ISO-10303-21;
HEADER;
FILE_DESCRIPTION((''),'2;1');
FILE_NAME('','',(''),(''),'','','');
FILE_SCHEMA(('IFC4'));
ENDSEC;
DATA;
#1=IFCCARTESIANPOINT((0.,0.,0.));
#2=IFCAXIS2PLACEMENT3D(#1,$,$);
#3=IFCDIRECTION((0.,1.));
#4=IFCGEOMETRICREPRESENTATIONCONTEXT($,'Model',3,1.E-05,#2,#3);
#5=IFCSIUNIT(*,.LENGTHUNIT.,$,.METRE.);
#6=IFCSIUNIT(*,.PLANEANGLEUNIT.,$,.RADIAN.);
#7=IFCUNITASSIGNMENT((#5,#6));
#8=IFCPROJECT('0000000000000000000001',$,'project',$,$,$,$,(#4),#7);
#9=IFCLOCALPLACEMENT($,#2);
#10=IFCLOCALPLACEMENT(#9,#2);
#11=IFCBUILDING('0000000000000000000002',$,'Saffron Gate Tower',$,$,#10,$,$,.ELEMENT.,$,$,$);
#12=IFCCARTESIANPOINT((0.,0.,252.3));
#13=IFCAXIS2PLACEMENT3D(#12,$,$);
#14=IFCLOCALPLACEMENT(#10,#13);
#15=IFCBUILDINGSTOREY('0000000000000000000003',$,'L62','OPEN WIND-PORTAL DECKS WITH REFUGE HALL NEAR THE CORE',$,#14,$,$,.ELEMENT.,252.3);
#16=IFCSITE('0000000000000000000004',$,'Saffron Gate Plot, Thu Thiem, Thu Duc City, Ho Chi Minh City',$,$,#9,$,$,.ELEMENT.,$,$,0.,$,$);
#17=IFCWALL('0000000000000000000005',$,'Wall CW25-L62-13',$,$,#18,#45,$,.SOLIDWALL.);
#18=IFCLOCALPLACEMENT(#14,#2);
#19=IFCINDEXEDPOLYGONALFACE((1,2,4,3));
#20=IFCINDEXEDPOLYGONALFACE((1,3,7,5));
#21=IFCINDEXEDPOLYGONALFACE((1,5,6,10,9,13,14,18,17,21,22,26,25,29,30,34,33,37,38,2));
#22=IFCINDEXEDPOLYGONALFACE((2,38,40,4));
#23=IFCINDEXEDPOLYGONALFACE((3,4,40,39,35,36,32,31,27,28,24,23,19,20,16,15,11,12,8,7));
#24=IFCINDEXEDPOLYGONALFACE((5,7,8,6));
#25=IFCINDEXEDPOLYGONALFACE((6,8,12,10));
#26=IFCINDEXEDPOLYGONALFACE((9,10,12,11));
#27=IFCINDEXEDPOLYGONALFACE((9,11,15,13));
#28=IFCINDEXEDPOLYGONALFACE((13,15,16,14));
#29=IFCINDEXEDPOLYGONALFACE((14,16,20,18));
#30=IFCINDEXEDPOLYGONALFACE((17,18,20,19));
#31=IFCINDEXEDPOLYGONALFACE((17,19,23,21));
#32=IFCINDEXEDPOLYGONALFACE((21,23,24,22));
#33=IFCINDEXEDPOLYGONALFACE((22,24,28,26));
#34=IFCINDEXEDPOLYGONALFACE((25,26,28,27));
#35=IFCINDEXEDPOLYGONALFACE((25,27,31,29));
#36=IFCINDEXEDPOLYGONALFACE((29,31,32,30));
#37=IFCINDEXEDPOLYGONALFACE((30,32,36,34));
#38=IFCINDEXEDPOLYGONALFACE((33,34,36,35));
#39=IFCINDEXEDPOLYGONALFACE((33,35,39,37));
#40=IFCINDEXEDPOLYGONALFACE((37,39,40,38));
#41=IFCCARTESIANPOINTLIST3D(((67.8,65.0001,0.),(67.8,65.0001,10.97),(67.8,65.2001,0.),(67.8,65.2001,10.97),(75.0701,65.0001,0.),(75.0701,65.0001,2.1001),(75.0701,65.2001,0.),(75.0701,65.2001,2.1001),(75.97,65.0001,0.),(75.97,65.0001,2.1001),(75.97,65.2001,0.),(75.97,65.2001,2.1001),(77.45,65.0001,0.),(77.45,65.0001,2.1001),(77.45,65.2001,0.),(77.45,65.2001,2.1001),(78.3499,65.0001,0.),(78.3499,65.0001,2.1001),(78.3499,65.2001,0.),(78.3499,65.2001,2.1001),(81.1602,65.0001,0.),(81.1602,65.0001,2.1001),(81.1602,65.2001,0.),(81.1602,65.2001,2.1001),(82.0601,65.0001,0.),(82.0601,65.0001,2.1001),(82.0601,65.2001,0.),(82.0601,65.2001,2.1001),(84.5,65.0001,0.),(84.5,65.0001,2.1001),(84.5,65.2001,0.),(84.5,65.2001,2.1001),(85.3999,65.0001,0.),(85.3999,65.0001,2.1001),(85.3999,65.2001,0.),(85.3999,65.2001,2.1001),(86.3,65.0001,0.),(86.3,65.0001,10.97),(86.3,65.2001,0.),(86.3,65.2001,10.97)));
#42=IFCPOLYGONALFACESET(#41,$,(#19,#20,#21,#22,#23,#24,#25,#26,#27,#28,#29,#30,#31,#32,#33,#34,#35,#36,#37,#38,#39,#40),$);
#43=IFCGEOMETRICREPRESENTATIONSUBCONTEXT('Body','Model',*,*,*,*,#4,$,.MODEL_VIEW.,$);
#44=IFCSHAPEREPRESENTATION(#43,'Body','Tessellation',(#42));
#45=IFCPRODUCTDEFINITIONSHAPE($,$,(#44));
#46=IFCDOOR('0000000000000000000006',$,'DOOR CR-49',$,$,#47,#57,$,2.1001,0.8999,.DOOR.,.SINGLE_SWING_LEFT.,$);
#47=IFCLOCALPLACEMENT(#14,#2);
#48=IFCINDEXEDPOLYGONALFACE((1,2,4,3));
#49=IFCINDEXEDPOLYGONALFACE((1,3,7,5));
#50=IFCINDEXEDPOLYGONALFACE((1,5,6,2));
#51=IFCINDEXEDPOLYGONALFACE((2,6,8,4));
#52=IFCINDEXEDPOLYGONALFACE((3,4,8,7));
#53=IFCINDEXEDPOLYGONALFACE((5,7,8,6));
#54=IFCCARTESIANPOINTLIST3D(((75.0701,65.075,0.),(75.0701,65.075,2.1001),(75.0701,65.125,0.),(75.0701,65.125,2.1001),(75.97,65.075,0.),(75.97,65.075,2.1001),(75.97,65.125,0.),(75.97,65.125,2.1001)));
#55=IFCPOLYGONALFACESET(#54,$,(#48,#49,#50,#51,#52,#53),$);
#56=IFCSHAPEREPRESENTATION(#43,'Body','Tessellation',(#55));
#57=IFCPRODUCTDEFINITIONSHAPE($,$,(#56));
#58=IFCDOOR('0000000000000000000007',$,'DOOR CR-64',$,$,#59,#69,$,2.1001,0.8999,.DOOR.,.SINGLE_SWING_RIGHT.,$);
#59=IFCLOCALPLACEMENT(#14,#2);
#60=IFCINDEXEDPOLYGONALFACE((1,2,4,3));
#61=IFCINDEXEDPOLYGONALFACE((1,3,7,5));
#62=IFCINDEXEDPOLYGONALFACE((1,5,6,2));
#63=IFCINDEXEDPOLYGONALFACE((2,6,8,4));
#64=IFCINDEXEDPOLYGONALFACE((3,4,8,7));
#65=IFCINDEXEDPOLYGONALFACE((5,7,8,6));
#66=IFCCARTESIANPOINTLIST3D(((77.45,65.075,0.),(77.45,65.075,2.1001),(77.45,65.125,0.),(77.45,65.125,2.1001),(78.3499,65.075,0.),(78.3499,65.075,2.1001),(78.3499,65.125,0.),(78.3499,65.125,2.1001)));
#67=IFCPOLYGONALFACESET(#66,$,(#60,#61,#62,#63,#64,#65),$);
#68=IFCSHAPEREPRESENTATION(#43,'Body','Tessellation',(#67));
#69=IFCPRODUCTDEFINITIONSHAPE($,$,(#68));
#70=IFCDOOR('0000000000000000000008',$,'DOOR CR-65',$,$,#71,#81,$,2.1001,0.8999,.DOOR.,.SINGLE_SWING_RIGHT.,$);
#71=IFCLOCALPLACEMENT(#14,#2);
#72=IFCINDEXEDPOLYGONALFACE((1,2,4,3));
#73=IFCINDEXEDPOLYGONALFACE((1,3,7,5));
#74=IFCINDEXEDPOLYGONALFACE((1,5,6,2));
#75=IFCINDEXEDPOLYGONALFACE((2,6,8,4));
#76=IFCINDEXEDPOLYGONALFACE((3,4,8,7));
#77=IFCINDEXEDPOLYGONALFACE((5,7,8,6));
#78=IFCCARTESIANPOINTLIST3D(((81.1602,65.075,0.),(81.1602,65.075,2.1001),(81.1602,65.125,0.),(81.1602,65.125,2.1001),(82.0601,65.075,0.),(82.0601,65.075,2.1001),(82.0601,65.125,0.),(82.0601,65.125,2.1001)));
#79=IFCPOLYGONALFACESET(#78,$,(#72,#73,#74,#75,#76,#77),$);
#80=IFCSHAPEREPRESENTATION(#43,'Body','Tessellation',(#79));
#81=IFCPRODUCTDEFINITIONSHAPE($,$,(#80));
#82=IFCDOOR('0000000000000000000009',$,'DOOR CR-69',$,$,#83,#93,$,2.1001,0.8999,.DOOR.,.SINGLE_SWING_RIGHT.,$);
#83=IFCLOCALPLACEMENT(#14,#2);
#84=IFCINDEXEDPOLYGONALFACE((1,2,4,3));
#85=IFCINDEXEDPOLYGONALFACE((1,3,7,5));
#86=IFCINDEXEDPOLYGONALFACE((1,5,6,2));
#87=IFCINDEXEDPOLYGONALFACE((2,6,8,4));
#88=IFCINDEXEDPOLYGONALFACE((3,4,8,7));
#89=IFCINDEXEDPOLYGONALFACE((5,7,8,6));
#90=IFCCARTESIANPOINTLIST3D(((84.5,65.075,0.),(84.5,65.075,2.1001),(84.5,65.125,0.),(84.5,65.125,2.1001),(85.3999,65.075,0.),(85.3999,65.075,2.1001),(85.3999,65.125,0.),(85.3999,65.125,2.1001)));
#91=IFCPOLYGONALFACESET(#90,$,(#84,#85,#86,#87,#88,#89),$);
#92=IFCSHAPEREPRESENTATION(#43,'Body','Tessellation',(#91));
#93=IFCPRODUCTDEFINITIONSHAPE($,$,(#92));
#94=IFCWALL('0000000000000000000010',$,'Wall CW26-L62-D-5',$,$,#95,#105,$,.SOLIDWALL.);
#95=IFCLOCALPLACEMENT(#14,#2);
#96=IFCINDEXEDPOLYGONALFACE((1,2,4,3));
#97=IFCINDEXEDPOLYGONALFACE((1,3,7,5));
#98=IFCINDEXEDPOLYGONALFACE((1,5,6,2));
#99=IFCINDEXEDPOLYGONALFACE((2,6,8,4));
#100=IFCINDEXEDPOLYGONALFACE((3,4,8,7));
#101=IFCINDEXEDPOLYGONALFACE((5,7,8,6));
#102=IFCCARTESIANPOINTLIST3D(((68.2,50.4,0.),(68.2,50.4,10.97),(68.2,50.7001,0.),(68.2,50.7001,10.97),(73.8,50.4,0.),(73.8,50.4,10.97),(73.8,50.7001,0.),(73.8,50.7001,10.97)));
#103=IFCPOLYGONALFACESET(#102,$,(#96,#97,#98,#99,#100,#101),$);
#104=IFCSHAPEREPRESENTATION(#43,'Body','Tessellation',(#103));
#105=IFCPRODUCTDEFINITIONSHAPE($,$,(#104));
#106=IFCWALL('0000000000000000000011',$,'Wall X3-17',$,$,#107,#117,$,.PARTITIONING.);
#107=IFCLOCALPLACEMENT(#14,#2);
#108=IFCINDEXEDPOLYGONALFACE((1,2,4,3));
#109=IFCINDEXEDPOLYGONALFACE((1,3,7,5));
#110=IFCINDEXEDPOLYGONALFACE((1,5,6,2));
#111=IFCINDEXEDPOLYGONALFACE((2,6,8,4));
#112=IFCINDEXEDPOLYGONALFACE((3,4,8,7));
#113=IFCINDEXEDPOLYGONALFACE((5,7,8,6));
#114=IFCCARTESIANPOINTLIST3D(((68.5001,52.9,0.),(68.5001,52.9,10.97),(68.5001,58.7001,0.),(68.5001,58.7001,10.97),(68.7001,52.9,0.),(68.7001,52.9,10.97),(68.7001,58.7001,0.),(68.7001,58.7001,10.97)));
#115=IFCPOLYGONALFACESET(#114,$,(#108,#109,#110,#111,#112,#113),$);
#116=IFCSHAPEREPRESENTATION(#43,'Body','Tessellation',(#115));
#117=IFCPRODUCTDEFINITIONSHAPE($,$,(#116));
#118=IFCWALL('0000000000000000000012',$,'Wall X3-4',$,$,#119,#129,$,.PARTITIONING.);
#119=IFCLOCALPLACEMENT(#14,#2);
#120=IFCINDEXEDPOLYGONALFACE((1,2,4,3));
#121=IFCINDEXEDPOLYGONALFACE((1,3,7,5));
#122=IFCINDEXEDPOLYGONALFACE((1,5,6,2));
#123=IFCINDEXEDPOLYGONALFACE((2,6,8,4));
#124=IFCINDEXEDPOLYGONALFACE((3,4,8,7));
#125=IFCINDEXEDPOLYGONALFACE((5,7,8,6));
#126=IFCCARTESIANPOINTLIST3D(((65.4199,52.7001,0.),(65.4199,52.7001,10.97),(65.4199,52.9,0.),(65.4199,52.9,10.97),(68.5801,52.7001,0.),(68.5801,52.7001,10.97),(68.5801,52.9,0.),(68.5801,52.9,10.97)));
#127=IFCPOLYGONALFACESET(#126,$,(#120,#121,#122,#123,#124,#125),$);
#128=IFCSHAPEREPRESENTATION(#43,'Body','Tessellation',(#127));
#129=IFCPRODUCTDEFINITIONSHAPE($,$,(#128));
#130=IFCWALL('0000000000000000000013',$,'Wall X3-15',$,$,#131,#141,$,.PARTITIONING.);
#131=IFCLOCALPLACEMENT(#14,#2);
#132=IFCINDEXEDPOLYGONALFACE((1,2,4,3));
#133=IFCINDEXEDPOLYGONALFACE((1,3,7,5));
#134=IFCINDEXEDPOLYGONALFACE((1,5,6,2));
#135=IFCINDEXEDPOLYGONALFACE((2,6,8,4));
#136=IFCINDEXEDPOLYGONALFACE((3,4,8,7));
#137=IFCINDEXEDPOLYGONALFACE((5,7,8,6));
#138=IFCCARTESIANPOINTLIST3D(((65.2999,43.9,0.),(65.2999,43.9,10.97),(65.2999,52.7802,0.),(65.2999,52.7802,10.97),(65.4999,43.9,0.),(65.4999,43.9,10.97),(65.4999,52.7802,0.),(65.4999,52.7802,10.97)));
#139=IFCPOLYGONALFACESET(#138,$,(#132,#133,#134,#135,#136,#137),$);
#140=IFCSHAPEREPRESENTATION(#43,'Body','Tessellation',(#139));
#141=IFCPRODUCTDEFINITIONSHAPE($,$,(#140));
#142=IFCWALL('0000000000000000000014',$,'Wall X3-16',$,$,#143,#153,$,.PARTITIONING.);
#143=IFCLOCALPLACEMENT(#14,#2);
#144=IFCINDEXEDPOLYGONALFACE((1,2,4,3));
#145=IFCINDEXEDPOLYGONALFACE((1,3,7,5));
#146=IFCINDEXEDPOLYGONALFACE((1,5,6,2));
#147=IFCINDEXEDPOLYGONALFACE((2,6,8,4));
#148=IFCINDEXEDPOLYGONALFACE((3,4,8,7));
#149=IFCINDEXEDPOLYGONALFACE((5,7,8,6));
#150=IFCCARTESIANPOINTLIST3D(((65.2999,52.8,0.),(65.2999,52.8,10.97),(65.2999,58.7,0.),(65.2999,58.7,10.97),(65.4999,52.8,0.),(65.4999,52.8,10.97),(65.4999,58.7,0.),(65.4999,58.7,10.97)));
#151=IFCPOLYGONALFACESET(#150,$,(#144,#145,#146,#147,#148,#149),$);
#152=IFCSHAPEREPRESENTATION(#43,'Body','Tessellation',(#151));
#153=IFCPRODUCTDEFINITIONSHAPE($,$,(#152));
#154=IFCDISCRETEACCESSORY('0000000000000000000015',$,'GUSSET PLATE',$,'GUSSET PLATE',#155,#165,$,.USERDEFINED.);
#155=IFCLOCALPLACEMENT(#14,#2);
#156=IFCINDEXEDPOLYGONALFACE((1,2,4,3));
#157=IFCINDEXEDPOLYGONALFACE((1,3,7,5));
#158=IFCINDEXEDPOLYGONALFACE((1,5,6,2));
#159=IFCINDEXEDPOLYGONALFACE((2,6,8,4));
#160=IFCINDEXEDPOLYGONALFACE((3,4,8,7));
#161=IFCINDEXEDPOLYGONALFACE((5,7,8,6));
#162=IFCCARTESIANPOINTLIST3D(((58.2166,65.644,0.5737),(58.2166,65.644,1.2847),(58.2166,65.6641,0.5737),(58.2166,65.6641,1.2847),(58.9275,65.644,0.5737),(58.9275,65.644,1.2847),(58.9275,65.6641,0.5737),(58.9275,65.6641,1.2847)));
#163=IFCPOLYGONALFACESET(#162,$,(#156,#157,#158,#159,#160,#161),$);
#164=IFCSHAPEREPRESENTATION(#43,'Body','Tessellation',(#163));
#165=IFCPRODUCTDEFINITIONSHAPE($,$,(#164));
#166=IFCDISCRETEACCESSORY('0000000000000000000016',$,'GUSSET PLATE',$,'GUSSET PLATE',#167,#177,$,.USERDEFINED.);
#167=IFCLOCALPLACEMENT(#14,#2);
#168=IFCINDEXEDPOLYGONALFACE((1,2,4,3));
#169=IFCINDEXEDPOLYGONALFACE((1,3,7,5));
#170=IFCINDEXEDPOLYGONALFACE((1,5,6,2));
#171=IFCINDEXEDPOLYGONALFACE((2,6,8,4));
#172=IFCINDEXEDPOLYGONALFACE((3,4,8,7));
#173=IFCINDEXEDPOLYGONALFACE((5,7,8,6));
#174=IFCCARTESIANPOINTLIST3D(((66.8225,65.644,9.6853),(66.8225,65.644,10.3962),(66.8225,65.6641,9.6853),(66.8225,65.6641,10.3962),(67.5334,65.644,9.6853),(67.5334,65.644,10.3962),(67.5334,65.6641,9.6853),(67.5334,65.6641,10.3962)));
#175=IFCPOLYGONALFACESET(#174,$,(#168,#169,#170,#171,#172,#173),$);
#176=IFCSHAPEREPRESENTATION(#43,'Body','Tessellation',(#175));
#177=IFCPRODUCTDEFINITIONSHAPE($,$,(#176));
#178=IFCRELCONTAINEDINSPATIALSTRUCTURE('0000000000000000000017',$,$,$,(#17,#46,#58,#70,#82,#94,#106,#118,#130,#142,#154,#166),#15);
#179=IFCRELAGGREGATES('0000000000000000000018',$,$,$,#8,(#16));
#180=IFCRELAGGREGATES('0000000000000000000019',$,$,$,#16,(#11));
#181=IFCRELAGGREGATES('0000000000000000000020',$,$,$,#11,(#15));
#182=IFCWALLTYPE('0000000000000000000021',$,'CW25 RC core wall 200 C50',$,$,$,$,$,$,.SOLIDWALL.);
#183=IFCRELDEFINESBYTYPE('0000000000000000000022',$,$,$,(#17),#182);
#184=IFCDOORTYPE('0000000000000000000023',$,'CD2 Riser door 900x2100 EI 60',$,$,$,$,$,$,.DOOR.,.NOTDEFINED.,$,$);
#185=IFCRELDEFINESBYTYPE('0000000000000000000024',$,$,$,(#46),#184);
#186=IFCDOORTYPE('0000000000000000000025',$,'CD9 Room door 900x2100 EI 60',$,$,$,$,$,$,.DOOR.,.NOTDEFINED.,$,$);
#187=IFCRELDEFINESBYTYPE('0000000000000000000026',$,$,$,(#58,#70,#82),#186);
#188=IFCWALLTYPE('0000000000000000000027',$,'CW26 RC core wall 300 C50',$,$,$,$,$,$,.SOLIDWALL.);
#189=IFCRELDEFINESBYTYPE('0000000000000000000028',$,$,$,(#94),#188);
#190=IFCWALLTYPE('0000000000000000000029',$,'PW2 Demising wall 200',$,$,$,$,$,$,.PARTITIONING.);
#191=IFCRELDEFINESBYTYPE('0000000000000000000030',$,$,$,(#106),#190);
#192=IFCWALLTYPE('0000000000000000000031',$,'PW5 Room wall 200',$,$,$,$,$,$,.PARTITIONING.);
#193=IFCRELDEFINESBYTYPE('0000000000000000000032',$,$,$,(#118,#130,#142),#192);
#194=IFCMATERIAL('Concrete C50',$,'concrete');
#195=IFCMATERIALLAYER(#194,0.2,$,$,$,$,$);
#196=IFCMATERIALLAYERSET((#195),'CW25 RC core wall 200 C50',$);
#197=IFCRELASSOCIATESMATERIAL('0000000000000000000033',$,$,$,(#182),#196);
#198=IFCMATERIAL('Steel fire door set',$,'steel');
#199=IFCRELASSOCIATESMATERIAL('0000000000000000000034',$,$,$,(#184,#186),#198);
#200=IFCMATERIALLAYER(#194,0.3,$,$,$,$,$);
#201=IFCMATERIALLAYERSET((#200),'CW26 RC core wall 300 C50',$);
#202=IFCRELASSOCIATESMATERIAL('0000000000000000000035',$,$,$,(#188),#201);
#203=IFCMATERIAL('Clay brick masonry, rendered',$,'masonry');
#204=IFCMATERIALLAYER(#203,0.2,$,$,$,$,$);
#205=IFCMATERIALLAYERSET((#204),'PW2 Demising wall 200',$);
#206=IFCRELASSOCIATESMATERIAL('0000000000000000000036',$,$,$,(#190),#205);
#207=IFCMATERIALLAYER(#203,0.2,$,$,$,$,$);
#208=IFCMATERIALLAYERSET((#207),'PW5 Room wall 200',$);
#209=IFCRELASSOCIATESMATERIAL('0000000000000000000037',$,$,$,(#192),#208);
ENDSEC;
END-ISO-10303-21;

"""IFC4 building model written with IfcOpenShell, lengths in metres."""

from ifc_helpers import new_model, si_unit, direction, frame, frame_2d, origin, origin_2d, place, context, subcontext, project, spatial, rectangle, extrude, material, layer, layer_set, type_object, element, fill, save


model = new_model("IFC4")

# Units and contexts
model_context = context("Model", 3, precision=1e-05, world=origin(), true_north=direction((0.0, 1.0)))
body_context = subcontext(model_context, "Body", "Model", "MODEL_VIEW")
ifc_project = project(units=[si_unit("LENGTHUNIT", "METRE"), si_unit("PLANEANGLEUNIT", "RADIAN")], contexts=[model_context])

# Site, building, storey
site_placement = place(None, origin())
site = spatial("IfcSite", under=ifc_project, at=site_placement, Name="Saffron Gate Plot, Thu Thiem, Thu Duc City, Ho Chi Minh City", CompositionType="ELEMENT", RefElevation=0.0)
building_placement = place(site_placement, origin())
building = spatial("IfcBuilding", under=site, at=building_placement, Name="Saffron Gate Tower", CompositionType="ELEMENT")
storey_placement = place(building_placement, frame((0.0, 0.0, 252.3)))
storey = spatial("IfcBuildingStorey", under=building, at=storey_placement, Name="L62", Description="OPEN WIND-PORTAL DECKS WITH REFUGE HALL NEAR THE CORE", CompositionType="ELEMENT", Elevation=252.3)

# Shared definitions
ifc_material_1 = material(Name="Concrete C50", Category="concrete")
ifc_material_2 = material(Name="Steel fire door set", Category="steel")

# Wall, openings, doors
ifc_layer_1 = layer(ifc_material_1, 0.2)
ifc_layer_set_1 = layer_set([ifc_layer_1], Name="CW25 RC core wall 200 C50")
wall_type_1 = type_object("IfcWallType", Name="CW25 RC core wall 200 C50", PredefinedType="SOLIDWALL", material=ifc_layer_set_1)
wall_1_placement = place(storey_placement, frame((67.8, 65.1001, 0.0), z_axis=(0.0, 0.0, 1.0), x_axis=(1.0, 0.0, 0.0)))
wall_1 = element("IfcWall", 1, at=wall_1_placement, inside=storey, type_object=wall_type_1, Name="Wall CW25-L62-13", PredefinedType="SOLIDWALL", context=body_context, shape_type="SweptSolid", body=[
    extrude(rectangle(XDim=18.5, YDim=0.2, at=frame_2d((9.25, 0.0))), origin(), (0.0, 0.0, 1.0), 10.97),
])
opening_1_placement = place(wall_1_placement, frame((7.27, 0.0, 0.0)))
opening_1 = element("IfcOpeningElement", 2, at=opening_1_placement, cuts=wall_1, PredefinedType="OPENING", context=body_context, shape_type="SweptSolid", body=[
    extrude(rectangle(XDim=0.8999, YDim=2.1001, at=frame_2d((0.45, 1.05))), frame((0.0, 0.1099, 0.0), z_axis=(0.0, -1.0, 0.0), x_axis=(1.0, 0.0, 0.0)), (0.0, 0.0, 1.0), 0.22),
])
opening_2_placement = place(wall_1_placement, frame((9.6499, 0.0, 0.0)))
opening_2 = element("IfcOpeningElement", 3, at=opening_2_placement, cuts=wall_1, PredefinedType="OPENING", context=body_context, shape_type="SweptSolid", body=[
    extrude(rectangle(XDim=0.8999, YDim=2.1001, at=frame_2d((0.45, 1.05))), frame((0.0, 0.1099, 0.0), z_axis=(0.0, -1.0, 0.0), x_axis=(1.0, 0.0, 0.0)), (0.0, 0.0, 1.0), 0.22),
])
opening_3_placement = place(wall_1_placement, frame((13.3601, 0.0, 0.0)))
opening_3 = element("IfcOpeningElement", 4, at=opening_3_placement, cuts=wall_1, PredefinedType="OPENING", context=body_context, shape_type="SweptSolid", body=[
    extrude(rectangle(XDim=0.8999, YDim=2.1001, at=frame_2d((0.45, 1.05))), frame((0.0, 0.1099, 0.0), z_axis=(0.0, -1.0, 0.0), x_axis=(1.0, 0.0, 0.0)), (0.0, 0.0, 1.0), 0.22),
])
opening_4_placement = place(wall_1_placement, frame((16.7, 0.0, 0.0)))
opening_4 = element("IfcOpeningElement", 5, at=opening_4_placement, cuts=wall_1, PredefinedType="OPENING", context=body_context, shape_type="SweptSolid", body=[
    extrude(rectangle(XDim=0.8999, YDim=2.1001, at=frame_2d((0.45, 1.05))), frame((0.0, 0.1099, 0.0), z_axis=(0.0, -1.0, 0.0), x_axis=(1.0, 0.0, 0.0)), (0.0, 0.0, 1.0), 0.22),
])
door_type_1 = type_object("IfcDoorType", Name="CD2 Riser door 900x2100 EI 60", OperationType="NOTDEFINED", PredefinedType="DOOR", material=ifc_material_2)
door_1_placement = place(opening_1_placement, origin())
door_1 = element("IfcDoor", 6, at=door_1_placement, inside=storey, type_object=door_type_1, Name="DOOR CR-49", OperationType="SINGLE_SWING_LEFT", OverallHeight=2.1001, OverallWidth=0.8999, PredefinedType="DOOR", context=body_context, shape_type="SweptSolid", body=[
    extrude(rectangle(XDim=0.8999, YDim=2.1001, at=frame_2d((0.45, 1.05))), frame((0.0, 0.0249, 0.0), z_axis=(0.0, -1.0, 0.0), x_axis=(1.0, 0.0, 0.0)), (0.0, 0.0, 1.0), 0.05),
])
fill(opening_1, door_1)
door_type_2 = type_object("IfcDoorType", Name="CD9 Room door 900x2100 EI 60", OperationType="NOTDEFINED", PredefinedType="DOOR", material=ifc_material_2)
door_2_placement = place(opening_2_placement, origin())
door_2 = element("IfcDoor", 7, at=door_2_placement, inside=storey, type_object=door_type_2, Name="DOOR CR-64", OperationType="SINGLE_SWING_RIGHT", OverallHeight=2.1001, OverallWidth=0.8999, PredefinedType="DOOR", context=body_context, shape_type="SweptSolid", body=[
    extrude(rectangle(XDim=0.8999, YDim=2.1001, at=frame_2d((0.45, 1.05))), frame((0.0, 0.0249, 0.0), z_axis=(0.0, -1.0, 0.0), x_axis=(1.0, 0.0, 0.0)), (0.0, 0.0, 1.0), 0.05),
])
fill(opening_2, door_2)
door_3_placement = place(opening_3_placement, origin())
door_3 = element("IfcDoor", 8, at=door_3_placement, inside=storey, type_object=door_type_2, Name="DOOR CR-65", OperationType="SINGLE_SWING_RIGHT", OverallHeight=2.1001, OverallWidth=0.8999, PredefinedType="DOOR", context=body_context, shape_type="SweptSolid", body=[
    extrude(rectangle(XDim=0.8999, YDim=2.1001, at=frame_2d((0.45, 1.05))), frame((0.0, 0.0249, 0.0), z_axis=(0.0, -1.0, 0.0), x_axis=(1.0, 0.0, 0.0)), (0.0, 0.0, 1.0), 0.05),
])
fill(opening_3, door_3)
door_4_placement = place(opening_4_placement, origin())
door_4 = element("IfcDoor", 9, at=door_4_placement, inside=storey, type_object=door_type_2, Name="DOOR CR-69", OperationType="SINGLE_SWING_RIGHT", OverallHeight=2.1001, OverallWidth=0.8999, PredefinedType="DOOR", context=body_context, shape_type="SweptSolid", body=[
    extrude(rectangle(XDim=0.8999, YDim=2.1001, at=frame_2d((0.45, 1.05))), frame((0.0, 0.0249, 0.0), z_axis=(0.0, -1.0, 0.0), x_axis=(1.0, 0.0, 0.0)), (0.0, 0.0, 1.0), 0.05),
])
fill(opening_4, door_4)

# Walls
ifc_layer_2 = layer(ifc_material_1, 0.3)
ifc_layer_set_2 = layer_set([ifc_layer_2], Name="CW26 RC core wall 300 C50")
wall_type_2 = type_object("IfcWallType", Name="CW26 RC core wall 300 C50", PredefinedType="SOLIDWALL", material=ifc_layer_set_2)
wall_2_placement = place(storey_placement, frame((68.2, 50.55, 0.0), z_axis=(0.0, 0.0, 1.0), x_axis=(1.0, 0.0, 0.0)))
element("IfcWall", 10, at=wall_2_placement, inside=storey, type_object=wall_type_2, Name="Wall CW26-L62-D-5", PredefinedType="SOLIDWALL", context=body_context, shape_type="SweptSolid", body=[
    extrude(rectangle(XDim=5.6001, YDim=0.3, at=frame_2d((2.8, 0.0))), origin(), (0.0, 0.0, 1.0), 10.97),
])
ifc_material_3 = material(Name="Clay brick masonry, rendered", Category="masonry")
ifc_layer_3 = layer(ifc_material_3, 0.2)
ifc_layer_set_3 = layer_set([ifc_layer_3], Name="PW2 Demising wall 200")
wall_type_3 = type_object("IfcWallType", Name="PW2 Demising wall 200", PredefinedType="PARTITIONING", material=ifc_layer_set_3)
wall_3_placement = place(storey_placement, frame((68.6001, 58.7, 0.0), z_axis=(0.0, 0.0, 1.0), x_axis=(0.0, -1.0, 0.0)))
element("IfcWall", 11, at=wall_3_placement, inside=storey, type_object=wall_type_3, Name="Wall X3-17", PredefinedType="PARTITIONING", context=body_context, shape_type="SweptSolid", body=[
    extrude(rectangle(XDim=5.8, YDim=0.2, at=frame_2d((2.8999, 0.0))), origin(), (0.0, 0.0, 1.0), 10.97),
])
ifc_layer_4 = layer(ifc_material_3, 0.2)
ifc_layer_set_4 = layer_set([ifc_layer_4], Name="PW5 Room wall 200")
wall_type_4 = type_object("IfcWallType", Name="PW5 Room wall 200", PredefinedType="PARTITIONING", material=ifc_layer_set_4)
wall_4_placement = place(storey_placement, frame((65.4199, 52.8, 0.0), z_axis=(0.0, 0.0, 1.0), x_axis=(1.0, 0.0, 0.0)))
element("IfcWall", 12, at=wall_4_placement, inside=storey, type_object=wall_type_4, Name="Wall X3-4", PredefinedType="PARTITIONING", context=body_context, shape_type="SweptSolid", body=[
    extrude(rectangle(XDim=3.1602, YDim=0.2, at=frame_2d((1.5801, 0.0))), origin(), (0.0, 0.0, 1.0), 10.97),
])
wall_5_placement = place(storey_placement, frame((65.3999, 52.78, 0.0), z_axis=(0.0, 0.0, 1.0), x_axis=(0.0, -1.0, 0.0)))
element("IfcWall", 13, at=wall_5_placement, inside=storey, type_object=wall_type_4, Name="Wall X3-15", PredefinedType="PARTITIONING", context=body_context, shape_type="SweptSolid", body=[
    extrude(rectangle(XDim=8.8801, YDim=0.2, at=frame_2d((4.4399, 0.0))), origin(), (0.0, 0.0, 1.0), 10.97),
])
wall_6_placement = place(storey_placement, frame((65.3999, 58.7, 0.0), z_axis=(0.0, 0.0, 1.0), x_axis=(0.0, -1.0, 0.0)))
element("IfcWall", 14, at=wall_6_placement, inside=storey, type_object=wall_type_4, Name="Wall X3-16", PredefinedType="PARTITIONING", context=body_context, shape_type="SweptSolid", body=[
    extrude(rectangle(XDim=5.8999, YDim=0.2, at=frame_2d((2.95, 0.0))), origin(), (0.0, 0.0, 1.0), 10.97),
])

# Discrete accessories
for number, where, z_axis, x_axis, name in (
    (15, (58.572, 65.6541, 0.5737), (0.0, 0.0, 1.0), (1.0, 0.0, 0.0), "GUSSET PLATE"),
    (16, (67.178, 65.6541, 9.6853), (0.0, 0.0, 1.0), (1.0, 0.0, 0.0), "GUSSET PLATE"),
):
    element("IfcDiscreteAccessory", number, at=place(storey_placement, frame(where, z_axis=z_axis, x_axis=x_axis)), inside=storey, Name=name, ObjectType="GUSSET PLATE", PredefinedType="USERDEFINED", context=body_context, shape_type="SweptSolid", body=[
        extrude(rectangle(XDim=0.7109, YDim=0.02, at=origin_2d()), origin(), (0.0, 0.0, 1.0), 0.7109),
    ])

save(model, "model.ifc")
